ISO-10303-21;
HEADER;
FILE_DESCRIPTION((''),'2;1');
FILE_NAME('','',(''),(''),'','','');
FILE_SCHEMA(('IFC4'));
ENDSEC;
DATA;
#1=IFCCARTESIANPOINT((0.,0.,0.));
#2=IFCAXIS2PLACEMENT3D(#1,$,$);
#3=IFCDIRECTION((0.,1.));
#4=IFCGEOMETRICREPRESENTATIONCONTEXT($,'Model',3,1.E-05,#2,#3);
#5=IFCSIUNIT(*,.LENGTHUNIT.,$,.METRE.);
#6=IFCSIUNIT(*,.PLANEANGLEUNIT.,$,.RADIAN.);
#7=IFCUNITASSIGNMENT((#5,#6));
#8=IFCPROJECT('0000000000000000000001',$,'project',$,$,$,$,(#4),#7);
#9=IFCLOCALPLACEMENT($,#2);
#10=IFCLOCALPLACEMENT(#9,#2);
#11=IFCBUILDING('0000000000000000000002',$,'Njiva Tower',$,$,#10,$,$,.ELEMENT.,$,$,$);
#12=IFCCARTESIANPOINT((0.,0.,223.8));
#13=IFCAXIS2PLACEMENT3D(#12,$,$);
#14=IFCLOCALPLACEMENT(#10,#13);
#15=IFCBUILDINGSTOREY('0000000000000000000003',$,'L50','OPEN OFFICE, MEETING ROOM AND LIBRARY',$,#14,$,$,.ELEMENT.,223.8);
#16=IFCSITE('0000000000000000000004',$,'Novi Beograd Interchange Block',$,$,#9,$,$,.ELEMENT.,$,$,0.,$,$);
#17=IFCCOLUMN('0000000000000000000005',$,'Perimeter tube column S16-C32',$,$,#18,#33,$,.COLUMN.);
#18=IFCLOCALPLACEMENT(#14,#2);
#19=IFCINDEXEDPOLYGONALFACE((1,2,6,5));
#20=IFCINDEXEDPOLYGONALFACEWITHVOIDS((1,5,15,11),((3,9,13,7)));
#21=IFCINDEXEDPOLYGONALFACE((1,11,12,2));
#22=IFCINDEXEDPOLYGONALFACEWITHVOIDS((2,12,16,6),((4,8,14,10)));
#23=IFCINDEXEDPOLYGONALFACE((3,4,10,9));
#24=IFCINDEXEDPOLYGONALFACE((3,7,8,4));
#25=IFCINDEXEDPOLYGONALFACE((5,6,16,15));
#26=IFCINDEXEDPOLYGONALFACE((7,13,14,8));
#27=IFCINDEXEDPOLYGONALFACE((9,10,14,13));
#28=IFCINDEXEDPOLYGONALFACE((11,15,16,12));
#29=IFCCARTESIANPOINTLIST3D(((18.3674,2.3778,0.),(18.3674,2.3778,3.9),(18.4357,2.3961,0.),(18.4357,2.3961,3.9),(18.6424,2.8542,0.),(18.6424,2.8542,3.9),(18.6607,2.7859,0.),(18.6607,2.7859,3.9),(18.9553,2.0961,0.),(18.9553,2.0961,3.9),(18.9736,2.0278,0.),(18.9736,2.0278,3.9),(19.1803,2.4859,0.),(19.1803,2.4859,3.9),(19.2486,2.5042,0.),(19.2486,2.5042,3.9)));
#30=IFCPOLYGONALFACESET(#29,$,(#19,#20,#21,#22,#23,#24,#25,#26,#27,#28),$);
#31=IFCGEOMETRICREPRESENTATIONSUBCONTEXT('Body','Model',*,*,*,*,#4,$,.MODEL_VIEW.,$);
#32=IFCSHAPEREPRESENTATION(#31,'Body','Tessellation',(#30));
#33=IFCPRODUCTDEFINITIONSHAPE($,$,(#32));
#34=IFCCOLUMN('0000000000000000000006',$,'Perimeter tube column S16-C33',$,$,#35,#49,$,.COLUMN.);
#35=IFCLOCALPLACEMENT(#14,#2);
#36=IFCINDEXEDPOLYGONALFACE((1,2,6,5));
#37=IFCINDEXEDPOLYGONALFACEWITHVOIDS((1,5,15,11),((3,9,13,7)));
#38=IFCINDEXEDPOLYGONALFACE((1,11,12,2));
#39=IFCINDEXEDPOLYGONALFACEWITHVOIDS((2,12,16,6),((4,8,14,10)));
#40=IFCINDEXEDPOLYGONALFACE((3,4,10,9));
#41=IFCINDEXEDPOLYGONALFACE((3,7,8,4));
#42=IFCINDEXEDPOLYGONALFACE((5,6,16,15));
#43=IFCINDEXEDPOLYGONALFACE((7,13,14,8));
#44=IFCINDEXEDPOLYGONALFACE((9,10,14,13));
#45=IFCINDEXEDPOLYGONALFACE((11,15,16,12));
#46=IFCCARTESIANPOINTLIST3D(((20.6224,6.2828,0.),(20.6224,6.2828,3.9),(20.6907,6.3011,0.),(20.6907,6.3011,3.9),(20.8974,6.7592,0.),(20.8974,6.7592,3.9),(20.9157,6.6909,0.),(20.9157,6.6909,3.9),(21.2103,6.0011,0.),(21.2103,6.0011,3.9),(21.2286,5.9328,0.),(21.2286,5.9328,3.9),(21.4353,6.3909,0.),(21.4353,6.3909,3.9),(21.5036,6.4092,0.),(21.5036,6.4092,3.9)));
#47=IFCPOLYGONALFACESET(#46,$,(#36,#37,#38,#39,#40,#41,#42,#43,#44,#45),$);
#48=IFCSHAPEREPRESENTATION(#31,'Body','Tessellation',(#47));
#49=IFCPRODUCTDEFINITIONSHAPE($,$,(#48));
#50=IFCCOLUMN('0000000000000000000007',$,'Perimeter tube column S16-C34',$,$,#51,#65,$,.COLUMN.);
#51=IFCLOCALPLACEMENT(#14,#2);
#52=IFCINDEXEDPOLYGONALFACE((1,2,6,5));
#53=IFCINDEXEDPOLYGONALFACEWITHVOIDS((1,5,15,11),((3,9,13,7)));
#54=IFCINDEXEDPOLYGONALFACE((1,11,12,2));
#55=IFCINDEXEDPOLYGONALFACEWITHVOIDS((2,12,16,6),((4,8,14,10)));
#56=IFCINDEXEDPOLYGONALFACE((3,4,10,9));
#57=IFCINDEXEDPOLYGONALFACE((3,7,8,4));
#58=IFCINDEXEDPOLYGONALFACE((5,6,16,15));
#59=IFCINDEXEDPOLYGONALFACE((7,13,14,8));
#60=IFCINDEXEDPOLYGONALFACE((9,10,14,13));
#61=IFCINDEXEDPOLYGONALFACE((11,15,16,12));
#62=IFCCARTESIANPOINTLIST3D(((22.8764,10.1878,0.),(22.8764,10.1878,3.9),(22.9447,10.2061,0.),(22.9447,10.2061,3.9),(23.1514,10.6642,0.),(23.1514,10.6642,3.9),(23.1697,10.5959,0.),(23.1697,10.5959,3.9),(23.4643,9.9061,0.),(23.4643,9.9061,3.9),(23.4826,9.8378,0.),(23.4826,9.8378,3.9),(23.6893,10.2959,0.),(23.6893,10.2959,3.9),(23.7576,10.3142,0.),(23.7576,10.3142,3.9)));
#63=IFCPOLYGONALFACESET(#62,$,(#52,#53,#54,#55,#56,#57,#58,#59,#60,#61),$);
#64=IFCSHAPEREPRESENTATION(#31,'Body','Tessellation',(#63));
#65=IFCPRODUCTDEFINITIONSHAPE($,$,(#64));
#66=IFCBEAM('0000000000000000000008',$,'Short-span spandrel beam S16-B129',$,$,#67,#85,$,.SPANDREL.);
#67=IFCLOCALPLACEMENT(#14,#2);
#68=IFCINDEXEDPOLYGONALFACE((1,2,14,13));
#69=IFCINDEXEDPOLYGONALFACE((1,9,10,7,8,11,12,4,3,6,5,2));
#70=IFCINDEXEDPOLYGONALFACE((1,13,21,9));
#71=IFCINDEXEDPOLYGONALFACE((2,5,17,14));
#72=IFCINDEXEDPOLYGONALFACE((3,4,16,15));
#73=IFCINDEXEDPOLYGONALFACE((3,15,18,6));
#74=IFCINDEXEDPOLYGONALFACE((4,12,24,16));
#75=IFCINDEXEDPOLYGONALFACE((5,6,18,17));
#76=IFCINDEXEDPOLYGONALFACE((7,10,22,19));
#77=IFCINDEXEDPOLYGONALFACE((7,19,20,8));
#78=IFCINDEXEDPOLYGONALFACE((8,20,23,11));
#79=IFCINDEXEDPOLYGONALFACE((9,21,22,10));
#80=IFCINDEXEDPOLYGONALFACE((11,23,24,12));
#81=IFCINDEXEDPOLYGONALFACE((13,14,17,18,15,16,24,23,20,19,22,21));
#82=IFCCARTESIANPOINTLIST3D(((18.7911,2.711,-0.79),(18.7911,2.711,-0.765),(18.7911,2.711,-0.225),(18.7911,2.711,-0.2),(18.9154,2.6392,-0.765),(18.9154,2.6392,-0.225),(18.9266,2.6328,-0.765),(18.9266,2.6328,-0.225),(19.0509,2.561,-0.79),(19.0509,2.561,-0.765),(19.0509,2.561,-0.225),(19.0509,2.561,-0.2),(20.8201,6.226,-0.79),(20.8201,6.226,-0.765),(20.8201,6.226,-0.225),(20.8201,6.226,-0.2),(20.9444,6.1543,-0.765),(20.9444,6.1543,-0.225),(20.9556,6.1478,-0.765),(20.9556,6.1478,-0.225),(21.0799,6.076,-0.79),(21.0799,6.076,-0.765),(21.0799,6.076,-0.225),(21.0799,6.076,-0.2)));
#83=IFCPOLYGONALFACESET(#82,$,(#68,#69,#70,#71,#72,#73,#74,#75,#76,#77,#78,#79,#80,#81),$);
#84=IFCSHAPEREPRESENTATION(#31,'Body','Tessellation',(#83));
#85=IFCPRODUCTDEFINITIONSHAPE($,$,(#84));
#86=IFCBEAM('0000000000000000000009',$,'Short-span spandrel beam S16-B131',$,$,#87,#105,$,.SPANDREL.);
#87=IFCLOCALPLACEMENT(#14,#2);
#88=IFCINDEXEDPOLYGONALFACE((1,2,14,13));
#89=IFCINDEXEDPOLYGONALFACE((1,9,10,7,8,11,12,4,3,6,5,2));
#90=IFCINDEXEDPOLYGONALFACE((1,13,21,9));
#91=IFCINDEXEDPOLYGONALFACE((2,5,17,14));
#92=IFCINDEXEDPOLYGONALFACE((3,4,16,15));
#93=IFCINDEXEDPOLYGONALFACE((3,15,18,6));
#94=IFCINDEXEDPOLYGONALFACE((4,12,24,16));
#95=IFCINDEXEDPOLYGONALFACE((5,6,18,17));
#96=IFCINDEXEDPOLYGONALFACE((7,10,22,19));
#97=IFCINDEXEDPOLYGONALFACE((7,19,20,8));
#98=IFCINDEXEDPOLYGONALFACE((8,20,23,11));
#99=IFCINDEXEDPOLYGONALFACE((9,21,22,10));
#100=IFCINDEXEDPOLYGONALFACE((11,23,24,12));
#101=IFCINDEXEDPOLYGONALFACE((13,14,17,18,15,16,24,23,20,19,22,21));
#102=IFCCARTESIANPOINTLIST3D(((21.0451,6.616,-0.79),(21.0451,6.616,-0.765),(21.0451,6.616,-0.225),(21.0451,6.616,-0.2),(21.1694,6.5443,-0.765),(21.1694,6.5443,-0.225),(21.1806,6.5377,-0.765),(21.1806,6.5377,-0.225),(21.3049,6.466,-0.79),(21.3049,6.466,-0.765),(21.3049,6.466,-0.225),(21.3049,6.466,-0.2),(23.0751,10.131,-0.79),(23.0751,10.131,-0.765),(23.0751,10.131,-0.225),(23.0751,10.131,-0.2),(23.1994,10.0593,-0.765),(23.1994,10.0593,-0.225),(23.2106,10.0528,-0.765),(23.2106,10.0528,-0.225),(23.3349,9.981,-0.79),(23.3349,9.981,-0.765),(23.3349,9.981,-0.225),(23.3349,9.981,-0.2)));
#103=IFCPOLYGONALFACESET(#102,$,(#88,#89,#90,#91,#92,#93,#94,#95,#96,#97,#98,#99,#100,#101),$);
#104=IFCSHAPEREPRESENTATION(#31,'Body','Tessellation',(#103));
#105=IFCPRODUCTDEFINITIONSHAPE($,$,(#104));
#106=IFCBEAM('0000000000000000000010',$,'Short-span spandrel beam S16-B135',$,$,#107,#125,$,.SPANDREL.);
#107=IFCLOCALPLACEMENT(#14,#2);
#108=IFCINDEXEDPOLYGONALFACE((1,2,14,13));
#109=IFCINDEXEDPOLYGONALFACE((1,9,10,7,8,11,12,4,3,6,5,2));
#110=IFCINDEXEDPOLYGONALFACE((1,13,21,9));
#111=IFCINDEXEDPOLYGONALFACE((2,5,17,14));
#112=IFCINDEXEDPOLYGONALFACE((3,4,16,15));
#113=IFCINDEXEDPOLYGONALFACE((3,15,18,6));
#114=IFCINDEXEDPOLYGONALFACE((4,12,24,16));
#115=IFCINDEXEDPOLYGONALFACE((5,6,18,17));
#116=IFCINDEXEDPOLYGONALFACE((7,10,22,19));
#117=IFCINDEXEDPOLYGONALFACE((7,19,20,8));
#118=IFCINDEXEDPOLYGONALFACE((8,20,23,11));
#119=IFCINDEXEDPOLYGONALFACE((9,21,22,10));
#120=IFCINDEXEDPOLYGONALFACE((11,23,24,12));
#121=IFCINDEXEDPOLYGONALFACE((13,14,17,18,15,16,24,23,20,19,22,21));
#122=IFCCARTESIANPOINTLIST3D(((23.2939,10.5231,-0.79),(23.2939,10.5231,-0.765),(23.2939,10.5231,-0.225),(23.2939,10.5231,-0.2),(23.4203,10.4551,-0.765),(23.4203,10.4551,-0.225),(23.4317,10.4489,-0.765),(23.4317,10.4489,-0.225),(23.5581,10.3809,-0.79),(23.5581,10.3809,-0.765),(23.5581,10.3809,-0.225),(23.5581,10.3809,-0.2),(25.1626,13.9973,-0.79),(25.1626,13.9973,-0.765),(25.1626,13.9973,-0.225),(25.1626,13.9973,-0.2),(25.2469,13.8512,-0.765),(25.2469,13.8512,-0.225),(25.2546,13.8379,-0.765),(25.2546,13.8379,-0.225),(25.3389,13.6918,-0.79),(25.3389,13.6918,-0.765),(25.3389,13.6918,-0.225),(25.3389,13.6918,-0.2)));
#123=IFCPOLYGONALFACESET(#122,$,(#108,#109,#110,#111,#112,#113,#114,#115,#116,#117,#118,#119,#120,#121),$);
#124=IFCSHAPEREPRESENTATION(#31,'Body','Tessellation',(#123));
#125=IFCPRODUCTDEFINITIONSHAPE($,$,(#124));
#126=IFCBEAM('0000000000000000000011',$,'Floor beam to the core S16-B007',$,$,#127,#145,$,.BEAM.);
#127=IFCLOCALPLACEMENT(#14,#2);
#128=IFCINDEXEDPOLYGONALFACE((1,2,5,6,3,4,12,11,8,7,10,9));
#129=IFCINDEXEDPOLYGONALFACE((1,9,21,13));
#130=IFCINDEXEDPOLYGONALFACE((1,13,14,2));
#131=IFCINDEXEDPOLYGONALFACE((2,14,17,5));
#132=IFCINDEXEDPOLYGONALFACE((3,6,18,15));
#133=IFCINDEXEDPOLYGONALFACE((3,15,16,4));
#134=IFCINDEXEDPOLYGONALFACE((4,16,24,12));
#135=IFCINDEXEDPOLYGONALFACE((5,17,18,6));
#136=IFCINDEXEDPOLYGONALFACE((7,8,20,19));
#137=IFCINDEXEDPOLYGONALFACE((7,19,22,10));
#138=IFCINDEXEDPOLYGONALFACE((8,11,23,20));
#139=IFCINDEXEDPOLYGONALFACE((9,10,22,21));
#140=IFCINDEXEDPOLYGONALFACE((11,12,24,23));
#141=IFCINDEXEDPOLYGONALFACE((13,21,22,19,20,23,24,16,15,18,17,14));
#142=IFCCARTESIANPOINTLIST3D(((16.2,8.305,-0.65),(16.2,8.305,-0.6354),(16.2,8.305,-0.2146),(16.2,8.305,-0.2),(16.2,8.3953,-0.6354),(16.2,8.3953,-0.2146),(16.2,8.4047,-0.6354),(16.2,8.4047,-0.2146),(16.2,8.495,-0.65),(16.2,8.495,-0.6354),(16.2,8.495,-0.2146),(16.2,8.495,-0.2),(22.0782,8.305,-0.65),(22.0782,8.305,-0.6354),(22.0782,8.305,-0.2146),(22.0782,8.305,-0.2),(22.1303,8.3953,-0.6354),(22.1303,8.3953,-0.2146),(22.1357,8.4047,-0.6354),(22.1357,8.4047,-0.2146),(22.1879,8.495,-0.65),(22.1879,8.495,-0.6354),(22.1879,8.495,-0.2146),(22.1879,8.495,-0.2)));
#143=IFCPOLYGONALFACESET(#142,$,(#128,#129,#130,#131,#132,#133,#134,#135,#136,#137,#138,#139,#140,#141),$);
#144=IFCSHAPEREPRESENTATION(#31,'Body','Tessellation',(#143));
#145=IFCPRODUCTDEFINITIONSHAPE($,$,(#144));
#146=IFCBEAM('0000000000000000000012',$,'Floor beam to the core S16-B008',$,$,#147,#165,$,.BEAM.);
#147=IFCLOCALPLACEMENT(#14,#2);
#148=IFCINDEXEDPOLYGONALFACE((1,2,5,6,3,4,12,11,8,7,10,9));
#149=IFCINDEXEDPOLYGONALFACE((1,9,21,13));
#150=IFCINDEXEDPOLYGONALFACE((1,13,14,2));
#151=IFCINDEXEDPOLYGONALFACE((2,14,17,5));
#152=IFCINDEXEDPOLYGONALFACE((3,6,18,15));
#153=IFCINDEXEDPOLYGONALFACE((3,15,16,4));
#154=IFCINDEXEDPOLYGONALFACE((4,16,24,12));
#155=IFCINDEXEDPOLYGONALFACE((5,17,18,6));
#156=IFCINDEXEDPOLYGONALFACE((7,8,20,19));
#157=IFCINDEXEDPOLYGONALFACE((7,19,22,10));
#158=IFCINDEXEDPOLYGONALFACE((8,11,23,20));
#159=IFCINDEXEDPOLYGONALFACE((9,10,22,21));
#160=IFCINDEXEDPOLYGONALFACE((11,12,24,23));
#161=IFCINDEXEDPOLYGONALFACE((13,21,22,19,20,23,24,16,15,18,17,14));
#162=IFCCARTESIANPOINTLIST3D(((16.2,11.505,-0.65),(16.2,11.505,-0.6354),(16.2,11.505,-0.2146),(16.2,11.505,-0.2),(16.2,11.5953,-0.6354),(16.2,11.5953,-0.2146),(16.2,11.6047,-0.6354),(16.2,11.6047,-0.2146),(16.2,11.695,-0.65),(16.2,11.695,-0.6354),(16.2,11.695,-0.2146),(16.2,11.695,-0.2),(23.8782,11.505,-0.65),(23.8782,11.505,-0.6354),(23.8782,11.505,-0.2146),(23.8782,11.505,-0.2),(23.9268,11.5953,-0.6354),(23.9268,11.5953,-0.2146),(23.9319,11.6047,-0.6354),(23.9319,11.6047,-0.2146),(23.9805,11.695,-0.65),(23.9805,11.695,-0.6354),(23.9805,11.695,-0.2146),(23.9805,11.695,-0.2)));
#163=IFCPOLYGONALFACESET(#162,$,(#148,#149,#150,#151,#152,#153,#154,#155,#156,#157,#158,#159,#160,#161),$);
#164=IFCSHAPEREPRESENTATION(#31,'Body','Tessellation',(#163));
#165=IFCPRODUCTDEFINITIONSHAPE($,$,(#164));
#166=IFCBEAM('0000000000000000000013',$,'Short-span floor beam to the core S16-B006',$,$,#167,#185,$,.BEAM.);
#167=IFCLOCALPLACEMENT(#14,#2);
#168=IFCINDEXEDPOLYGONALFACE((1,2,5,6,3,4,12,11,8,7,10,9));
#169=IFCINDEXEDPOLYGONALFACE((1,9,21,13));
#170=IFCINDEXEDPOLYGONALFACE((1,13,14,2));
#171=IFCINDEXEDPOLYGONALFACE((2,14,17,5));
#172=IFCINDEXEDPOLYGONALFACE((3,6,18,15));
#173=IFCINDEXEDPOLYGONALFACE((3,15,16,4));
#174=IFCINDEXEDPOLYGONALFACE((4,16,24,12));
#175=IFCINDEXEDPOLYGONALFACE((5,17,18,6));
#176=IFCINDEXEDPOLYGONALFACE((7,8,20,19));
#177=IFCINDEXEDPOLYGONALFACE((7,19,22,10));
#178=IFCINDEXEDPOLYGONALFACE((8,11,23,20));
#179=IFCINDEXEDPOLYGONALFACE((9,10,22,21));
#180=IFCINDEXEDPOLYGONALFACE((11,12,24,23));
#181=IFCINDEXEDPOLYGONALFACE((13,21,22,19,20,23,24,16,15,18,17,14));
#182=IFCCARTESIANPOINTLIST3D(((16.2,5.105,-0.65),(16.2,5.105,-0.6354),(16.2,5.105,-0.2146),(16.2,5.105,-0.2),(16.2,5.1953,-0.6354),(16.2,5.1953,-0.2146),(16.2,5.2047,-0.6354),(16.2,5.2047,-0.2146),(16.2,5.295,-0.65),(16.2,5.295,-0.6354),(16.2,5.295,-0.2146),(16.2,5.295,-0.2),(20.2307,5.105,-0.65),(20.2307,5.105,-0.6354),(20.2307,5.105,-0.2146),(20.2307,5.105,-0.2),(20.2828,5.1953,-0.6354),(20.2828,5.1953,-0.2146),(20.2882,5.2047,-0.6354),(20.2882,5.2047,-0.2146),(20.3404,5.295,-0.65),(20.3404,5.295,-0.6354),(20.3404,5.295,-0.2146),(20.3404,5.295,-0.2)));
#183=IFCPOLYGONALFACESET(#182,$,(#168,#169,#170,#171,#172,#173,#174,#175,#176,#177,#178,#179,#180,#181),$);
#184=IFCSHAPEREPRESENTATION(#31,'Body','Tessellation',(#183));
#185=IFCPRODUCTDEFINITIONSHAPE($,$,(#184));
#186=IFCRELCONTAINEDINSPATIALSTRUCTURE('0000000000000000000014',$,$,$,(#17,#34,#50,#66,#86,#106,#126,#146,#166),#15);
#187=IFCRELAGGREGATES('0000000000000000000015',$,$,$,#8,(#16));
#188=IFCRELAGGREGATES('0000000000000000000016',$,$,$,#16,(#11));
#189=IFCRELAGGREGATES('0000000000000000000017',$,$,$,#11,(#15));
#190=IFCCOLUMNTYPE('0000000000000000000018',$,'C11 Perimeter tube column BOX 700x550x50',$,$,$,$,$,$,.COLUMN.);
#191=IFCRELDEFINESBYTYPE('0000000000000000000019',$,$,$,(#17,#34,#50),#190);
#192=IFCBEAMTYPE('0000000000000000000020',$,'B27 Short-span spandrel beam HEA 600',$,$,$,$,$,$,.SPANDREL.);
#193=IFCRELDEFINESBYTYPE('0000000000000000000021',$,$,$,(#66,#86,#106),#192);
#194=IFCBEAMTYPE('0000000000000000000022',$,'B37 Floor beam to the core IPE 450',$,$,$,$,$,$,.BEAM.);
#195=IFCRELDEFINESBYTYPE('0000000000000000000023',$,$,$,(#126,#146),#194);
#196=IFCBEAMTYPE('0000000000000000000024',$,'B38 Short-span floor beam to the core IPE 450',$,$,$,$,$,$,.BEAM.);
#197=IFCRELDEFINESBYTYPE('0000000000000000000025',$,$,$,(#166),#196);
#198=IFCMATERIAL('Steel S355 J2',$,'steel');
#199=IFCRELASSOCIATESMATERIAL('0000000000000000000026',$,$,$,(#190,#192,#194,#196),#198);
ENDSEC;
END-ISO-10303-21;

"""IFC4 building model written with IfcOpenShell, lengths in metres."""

from ifc_helpers import new_model, si_unit, direction, frame, origin, origin_2d, place, context, subcontext, project, spatial, hollow_rectangle, i_section, extrude, clip, halfspace, material, material_profile, profile_set, type_object, element, save


model = new_model("IFC4")

# Units and contexts
model_context = context("Model", 3, precision=1e-05, world=origin(), true_north=direction((0.0, 1.0)))
body_context = subcontext(model_context, "Body", "Model", "MODEL_VIEW")
ifc_project = project(units=[si_unit("LENGTHUNIT", "METRE"), si_unit("PLANEANGLEUNIT", "RADIAN")], contexts=[model_context])

# Site, building, storey
site_placement = place(None, origin())
site = spatial("IfcSite", under=ifc_project, at=site_placement, Name="Novi Beograd Interchange Block", CompositionType="ELEMENT", RefElevation=0.0)
building_placement = place(site_placement, origin())
building = spatial("IfcBuilding", under=site, at=building_placement, Name="Njiva Tower", CompositionType="ELEMENT")
storey_placement = place(building_placement, frame((0.0, 0.0, 223.8)))
storey = spatial("IfcBuildingStorey", under=building, at=storey_placement, Name="L50", Description="OPEN OFFICE, MEETING ROOM AND LIBRARY", CompositionType="ELEMENT", Elevation=223.8)

# Columns
ifc_material_1 = material(Name="Steel S355 J2", Category="steel")
ifc_material_profile_1 = material_profile(ifc_material_1, hollow_rectangle(XDim=0.55, YDim=0.7, WallThickness=0.05, at=origin_2d()), Name="BOX 700x550x50")
ifc_profile_set_1 = profile_set([ifc_material_profile_1], Name="Steel S355 J2")
column_type = type_object("IfcColumnType", Name="C11 Perimeter tube column BOX 700x550x50", PredefinedType="COLUMN", material=ifc_profile_set_1)
for number, where, z_axis, x_axis, name in (
    (1, (18.808, 2.441, 0.0), (0.0, 0.0, 1.0), (0.5, 0.866025, 0.0), "Perimeter tube column S16-C32"),
    (2, (21.063, 6.346, 0.0), (0.0, 0.0, 1.0), (0.5, 0.866025, 0.0), "Perimeter tube column S16-C33"),
    (3, (23.317, 10.251, 0.0), (0.0, 0.0, 1.0), (0.5, 0.866025, 0.0), "Perimeter tube column S16-C34"),
):
    element("IfcColumn", number, at=place(storey_placement, frame(where, z_axis=z_axis, x_axis=x_axis)), inside=storey, type_object=column_type, Name=name, PredefinedType="COLUMN", context=body_context, shape_type="SweptSolid", body=[
        extrude(hollow_rectangle(XDim=0.55, YDim=0.7, WallThickness=0.05, at=origin_2d()), origin(), (0.0, 0.0, 1.0), 3.9),
    ])

# Beams
ifc_material_profile_2 = material_profile(ifc_material_1, i_section(OverallWidth=0.3, OverallDepth=0.59, WebThickness=0.013, FlangeThickness=0.025, at=origin_2d()), Name="HEA 600")
ifc_profile_set_2 = profile_set([ifc_material_profile_2], Name="Steel S355 J2")
beam_type_1 = type_object("IfcBeamType", Name="B27 Short-span spandrel beam HEA 600", PredefinedType="SPANDREL", material=ifc_profile_set_2)
beam_1_placement = place(storey_placement, frame((18.921, 2.636, -0.495), z_axis=(0.499929, 0.866067, 0.0), x_axis=(-0.866067, 0.499929, 0.0)))
element("IfcBeam", 4, at=beam_1_placement, inside=storey, type_object=beam_type_1, Name="Short-span spandrel beam S16-B129", PredefinedType="SPANDREL", context=body_context, shape_type="SweptSolid", body=[
    extrude(i_section(OverallWidth=0.3, OverallDepth=0.59, WebThickness=0.013, FlangeThickness=0.025, at=origin_2d()), origin(), (0.0, 0.0, 1.0), 4.0586),
])
beam_2_placement = place(storey_placement, frame((21.175, 6.541, -0.495), z_axis=(0.500113, 0.86596, 0.0), x_axis=(-0.86596, 0.500113, 0.0)))
element("IfcBeam", 5, at=beam_2_placement, inside=storey, type_object=beam_type_1, Name="Short-span spandrel beam S16-B131", PredefinedType="SPANDREL", context=body_context, shape_type="SweptSolid", body=[
    extrude(i_section(OverallWidth=0.3, OverallDepth=0.59, WebThickness=0.013, FlangeThickness=0.025, at=origin_2d()), origin(), (0.0, 0.0, 1.0), 4.0591),
])
beam_3_placement = place(storey_placement, frame((23.426, 10.452, -0.495), z_axis=(0.473697, 0.880688, 0.0), x_axis=(-0.880688, 0.473697, 0.0)))
element("IfcBeam", 6, at=beam_3_placement, inside=storey, type_object=beam_type_1, Name="Short-span spandrel beam S16-B135", PredefinedType="SPANDREL", context=body_context, shape_type="Clipping", body=[
    clip(extrude(i_section(OverallWidth=0.3, OverallDepth=0.59, WebThickness=0.013, FlangeThickness=0.025, at=origin_2d()), origin(), (0.0, 0.0, 1.0), 3.9657), halfspace(frame((-0.026, 0.0, 3.8361), z_axis=(-0.525851, 0.0, 0.850577), x_axis=(0.0, 1.0, 0.0)), False)),
])
ifc_material_profile_3 = material_profile(ifc_material_1, i_section(OverallWidth=0.19, OverallDepth=0.45, WebThickness=0.0094, FlangeThickness=0.0146, at=origin_2d()), Name="IPE 450")
ifc_profile_set_3 = profile_set([ifc_material_profile_3], Name="Steel S355 J2")
beam_type_2 = type_object("IfcBeamType", Name="B37 Floor beam to the core IPE 450", PredefinedType="BEAM", material=ifc_profile_set_3)
beam_4_placement = place(storey_placement, frame((16.2, 8.4, -0.425), z_axis=(1.0, 0.0, 0.0), x_axis=(0.0, 1.0, 0.0)))
element("IfcBeam", 7, at=beam_4_placement, inside=storey, type_object=beam_type_2, Name="Floor beam to the core S16-B007", PredefinedType="BEAM", context=body_context, shape_type="Clipping", body=[
    clip(extrude(i_section(OverallWidth=0.19, OverallDepth=0.45, WebThickness=0.0094, FlangeThickness=0.0146, at=origin_2d()), origin(), (0.0, 0.0, 1.0), 6.008), halfspace(frame((-0.025, 0.0, 5.9186), z_axis=(-0.499998, 0.0, 0.866027), x_axis=(0.0, 1.0, 0.0)), False)),
])
beam_5_placement = place(storey_placement, frame((16.2, 11.6, -0.425), z_axis=(1.0, 0.0, 0.0), x_axis=(0.0, 1.0, 0.0)))
element("IfcBeam", 8, at=beam_5_placement, inside=storey, type_object=beam_type_2, Name="Floor beam to the core S16-B008", PredefinedType="BEAM", context=body_context, shape_type="Clipping", body=[
    clip(extrude(i_section(OverallWidth=0.19, OverallDepth=0.45, WebThickness=0.0094, FlangeThickness=0.0146, at=origin_2d()), origin(), (0.0, 0.0, 1.0), 7.8), halfspace(frame((-0.0237, 0.0, 7.7166), z_axis=(-0.473777, 0.0, 0.880645), x_axis=(0.0, 1.0, 0.0)), False)),
])
ifc_material_profile_4 = material_profile(ifc_material_1, i_section(OverallWidth=0.19, OverallDepth=0.45, WebThickness=0.0094, FlangeThickness=0.0146, at=origin_2d()), Name="IPE 450")
ifc_profile_set_4 = profile_set([ifc_material_profile_4], Name="Steel S355 J2")
beam_type_3 = type_object("IfcBeamType", Name="B38 Short-span floor beam to the core IPE 450", PredefinedType="BEAM", material=ifc_profile_set_4)
beam_6_placement = place(storey_placement, frame((16.2, 5.2, -0.425), z_axis=(1.0, 0.0, 0.0), x_axis=(0.0, 1.0, 0.0)))
element("IfcBeam", 9, at=beam_6_placement, inside=storey, type_object=beam_type_3, Name="Short-span floor beam to the core S16-B006", PredefinedType="BEAM", context=body_context, shape_type="Clipping", body=[
    clip(extrude(i_section(OverallWidth=0.19, OverallDepth=0.45, WebThickness=0.0094, FlangeThickness=0.0146, at=origin_2d()), origin(), (0.0, 0.0, 1.0), 4.161), halfspace(frame((-0.025, 0.0, 4.0711), z_axis=(-0.499998, 0.0, 0.866027), x_axis=(0.0, 1.0, 0.0)), False)),
])

save(model, "model.ifc")
